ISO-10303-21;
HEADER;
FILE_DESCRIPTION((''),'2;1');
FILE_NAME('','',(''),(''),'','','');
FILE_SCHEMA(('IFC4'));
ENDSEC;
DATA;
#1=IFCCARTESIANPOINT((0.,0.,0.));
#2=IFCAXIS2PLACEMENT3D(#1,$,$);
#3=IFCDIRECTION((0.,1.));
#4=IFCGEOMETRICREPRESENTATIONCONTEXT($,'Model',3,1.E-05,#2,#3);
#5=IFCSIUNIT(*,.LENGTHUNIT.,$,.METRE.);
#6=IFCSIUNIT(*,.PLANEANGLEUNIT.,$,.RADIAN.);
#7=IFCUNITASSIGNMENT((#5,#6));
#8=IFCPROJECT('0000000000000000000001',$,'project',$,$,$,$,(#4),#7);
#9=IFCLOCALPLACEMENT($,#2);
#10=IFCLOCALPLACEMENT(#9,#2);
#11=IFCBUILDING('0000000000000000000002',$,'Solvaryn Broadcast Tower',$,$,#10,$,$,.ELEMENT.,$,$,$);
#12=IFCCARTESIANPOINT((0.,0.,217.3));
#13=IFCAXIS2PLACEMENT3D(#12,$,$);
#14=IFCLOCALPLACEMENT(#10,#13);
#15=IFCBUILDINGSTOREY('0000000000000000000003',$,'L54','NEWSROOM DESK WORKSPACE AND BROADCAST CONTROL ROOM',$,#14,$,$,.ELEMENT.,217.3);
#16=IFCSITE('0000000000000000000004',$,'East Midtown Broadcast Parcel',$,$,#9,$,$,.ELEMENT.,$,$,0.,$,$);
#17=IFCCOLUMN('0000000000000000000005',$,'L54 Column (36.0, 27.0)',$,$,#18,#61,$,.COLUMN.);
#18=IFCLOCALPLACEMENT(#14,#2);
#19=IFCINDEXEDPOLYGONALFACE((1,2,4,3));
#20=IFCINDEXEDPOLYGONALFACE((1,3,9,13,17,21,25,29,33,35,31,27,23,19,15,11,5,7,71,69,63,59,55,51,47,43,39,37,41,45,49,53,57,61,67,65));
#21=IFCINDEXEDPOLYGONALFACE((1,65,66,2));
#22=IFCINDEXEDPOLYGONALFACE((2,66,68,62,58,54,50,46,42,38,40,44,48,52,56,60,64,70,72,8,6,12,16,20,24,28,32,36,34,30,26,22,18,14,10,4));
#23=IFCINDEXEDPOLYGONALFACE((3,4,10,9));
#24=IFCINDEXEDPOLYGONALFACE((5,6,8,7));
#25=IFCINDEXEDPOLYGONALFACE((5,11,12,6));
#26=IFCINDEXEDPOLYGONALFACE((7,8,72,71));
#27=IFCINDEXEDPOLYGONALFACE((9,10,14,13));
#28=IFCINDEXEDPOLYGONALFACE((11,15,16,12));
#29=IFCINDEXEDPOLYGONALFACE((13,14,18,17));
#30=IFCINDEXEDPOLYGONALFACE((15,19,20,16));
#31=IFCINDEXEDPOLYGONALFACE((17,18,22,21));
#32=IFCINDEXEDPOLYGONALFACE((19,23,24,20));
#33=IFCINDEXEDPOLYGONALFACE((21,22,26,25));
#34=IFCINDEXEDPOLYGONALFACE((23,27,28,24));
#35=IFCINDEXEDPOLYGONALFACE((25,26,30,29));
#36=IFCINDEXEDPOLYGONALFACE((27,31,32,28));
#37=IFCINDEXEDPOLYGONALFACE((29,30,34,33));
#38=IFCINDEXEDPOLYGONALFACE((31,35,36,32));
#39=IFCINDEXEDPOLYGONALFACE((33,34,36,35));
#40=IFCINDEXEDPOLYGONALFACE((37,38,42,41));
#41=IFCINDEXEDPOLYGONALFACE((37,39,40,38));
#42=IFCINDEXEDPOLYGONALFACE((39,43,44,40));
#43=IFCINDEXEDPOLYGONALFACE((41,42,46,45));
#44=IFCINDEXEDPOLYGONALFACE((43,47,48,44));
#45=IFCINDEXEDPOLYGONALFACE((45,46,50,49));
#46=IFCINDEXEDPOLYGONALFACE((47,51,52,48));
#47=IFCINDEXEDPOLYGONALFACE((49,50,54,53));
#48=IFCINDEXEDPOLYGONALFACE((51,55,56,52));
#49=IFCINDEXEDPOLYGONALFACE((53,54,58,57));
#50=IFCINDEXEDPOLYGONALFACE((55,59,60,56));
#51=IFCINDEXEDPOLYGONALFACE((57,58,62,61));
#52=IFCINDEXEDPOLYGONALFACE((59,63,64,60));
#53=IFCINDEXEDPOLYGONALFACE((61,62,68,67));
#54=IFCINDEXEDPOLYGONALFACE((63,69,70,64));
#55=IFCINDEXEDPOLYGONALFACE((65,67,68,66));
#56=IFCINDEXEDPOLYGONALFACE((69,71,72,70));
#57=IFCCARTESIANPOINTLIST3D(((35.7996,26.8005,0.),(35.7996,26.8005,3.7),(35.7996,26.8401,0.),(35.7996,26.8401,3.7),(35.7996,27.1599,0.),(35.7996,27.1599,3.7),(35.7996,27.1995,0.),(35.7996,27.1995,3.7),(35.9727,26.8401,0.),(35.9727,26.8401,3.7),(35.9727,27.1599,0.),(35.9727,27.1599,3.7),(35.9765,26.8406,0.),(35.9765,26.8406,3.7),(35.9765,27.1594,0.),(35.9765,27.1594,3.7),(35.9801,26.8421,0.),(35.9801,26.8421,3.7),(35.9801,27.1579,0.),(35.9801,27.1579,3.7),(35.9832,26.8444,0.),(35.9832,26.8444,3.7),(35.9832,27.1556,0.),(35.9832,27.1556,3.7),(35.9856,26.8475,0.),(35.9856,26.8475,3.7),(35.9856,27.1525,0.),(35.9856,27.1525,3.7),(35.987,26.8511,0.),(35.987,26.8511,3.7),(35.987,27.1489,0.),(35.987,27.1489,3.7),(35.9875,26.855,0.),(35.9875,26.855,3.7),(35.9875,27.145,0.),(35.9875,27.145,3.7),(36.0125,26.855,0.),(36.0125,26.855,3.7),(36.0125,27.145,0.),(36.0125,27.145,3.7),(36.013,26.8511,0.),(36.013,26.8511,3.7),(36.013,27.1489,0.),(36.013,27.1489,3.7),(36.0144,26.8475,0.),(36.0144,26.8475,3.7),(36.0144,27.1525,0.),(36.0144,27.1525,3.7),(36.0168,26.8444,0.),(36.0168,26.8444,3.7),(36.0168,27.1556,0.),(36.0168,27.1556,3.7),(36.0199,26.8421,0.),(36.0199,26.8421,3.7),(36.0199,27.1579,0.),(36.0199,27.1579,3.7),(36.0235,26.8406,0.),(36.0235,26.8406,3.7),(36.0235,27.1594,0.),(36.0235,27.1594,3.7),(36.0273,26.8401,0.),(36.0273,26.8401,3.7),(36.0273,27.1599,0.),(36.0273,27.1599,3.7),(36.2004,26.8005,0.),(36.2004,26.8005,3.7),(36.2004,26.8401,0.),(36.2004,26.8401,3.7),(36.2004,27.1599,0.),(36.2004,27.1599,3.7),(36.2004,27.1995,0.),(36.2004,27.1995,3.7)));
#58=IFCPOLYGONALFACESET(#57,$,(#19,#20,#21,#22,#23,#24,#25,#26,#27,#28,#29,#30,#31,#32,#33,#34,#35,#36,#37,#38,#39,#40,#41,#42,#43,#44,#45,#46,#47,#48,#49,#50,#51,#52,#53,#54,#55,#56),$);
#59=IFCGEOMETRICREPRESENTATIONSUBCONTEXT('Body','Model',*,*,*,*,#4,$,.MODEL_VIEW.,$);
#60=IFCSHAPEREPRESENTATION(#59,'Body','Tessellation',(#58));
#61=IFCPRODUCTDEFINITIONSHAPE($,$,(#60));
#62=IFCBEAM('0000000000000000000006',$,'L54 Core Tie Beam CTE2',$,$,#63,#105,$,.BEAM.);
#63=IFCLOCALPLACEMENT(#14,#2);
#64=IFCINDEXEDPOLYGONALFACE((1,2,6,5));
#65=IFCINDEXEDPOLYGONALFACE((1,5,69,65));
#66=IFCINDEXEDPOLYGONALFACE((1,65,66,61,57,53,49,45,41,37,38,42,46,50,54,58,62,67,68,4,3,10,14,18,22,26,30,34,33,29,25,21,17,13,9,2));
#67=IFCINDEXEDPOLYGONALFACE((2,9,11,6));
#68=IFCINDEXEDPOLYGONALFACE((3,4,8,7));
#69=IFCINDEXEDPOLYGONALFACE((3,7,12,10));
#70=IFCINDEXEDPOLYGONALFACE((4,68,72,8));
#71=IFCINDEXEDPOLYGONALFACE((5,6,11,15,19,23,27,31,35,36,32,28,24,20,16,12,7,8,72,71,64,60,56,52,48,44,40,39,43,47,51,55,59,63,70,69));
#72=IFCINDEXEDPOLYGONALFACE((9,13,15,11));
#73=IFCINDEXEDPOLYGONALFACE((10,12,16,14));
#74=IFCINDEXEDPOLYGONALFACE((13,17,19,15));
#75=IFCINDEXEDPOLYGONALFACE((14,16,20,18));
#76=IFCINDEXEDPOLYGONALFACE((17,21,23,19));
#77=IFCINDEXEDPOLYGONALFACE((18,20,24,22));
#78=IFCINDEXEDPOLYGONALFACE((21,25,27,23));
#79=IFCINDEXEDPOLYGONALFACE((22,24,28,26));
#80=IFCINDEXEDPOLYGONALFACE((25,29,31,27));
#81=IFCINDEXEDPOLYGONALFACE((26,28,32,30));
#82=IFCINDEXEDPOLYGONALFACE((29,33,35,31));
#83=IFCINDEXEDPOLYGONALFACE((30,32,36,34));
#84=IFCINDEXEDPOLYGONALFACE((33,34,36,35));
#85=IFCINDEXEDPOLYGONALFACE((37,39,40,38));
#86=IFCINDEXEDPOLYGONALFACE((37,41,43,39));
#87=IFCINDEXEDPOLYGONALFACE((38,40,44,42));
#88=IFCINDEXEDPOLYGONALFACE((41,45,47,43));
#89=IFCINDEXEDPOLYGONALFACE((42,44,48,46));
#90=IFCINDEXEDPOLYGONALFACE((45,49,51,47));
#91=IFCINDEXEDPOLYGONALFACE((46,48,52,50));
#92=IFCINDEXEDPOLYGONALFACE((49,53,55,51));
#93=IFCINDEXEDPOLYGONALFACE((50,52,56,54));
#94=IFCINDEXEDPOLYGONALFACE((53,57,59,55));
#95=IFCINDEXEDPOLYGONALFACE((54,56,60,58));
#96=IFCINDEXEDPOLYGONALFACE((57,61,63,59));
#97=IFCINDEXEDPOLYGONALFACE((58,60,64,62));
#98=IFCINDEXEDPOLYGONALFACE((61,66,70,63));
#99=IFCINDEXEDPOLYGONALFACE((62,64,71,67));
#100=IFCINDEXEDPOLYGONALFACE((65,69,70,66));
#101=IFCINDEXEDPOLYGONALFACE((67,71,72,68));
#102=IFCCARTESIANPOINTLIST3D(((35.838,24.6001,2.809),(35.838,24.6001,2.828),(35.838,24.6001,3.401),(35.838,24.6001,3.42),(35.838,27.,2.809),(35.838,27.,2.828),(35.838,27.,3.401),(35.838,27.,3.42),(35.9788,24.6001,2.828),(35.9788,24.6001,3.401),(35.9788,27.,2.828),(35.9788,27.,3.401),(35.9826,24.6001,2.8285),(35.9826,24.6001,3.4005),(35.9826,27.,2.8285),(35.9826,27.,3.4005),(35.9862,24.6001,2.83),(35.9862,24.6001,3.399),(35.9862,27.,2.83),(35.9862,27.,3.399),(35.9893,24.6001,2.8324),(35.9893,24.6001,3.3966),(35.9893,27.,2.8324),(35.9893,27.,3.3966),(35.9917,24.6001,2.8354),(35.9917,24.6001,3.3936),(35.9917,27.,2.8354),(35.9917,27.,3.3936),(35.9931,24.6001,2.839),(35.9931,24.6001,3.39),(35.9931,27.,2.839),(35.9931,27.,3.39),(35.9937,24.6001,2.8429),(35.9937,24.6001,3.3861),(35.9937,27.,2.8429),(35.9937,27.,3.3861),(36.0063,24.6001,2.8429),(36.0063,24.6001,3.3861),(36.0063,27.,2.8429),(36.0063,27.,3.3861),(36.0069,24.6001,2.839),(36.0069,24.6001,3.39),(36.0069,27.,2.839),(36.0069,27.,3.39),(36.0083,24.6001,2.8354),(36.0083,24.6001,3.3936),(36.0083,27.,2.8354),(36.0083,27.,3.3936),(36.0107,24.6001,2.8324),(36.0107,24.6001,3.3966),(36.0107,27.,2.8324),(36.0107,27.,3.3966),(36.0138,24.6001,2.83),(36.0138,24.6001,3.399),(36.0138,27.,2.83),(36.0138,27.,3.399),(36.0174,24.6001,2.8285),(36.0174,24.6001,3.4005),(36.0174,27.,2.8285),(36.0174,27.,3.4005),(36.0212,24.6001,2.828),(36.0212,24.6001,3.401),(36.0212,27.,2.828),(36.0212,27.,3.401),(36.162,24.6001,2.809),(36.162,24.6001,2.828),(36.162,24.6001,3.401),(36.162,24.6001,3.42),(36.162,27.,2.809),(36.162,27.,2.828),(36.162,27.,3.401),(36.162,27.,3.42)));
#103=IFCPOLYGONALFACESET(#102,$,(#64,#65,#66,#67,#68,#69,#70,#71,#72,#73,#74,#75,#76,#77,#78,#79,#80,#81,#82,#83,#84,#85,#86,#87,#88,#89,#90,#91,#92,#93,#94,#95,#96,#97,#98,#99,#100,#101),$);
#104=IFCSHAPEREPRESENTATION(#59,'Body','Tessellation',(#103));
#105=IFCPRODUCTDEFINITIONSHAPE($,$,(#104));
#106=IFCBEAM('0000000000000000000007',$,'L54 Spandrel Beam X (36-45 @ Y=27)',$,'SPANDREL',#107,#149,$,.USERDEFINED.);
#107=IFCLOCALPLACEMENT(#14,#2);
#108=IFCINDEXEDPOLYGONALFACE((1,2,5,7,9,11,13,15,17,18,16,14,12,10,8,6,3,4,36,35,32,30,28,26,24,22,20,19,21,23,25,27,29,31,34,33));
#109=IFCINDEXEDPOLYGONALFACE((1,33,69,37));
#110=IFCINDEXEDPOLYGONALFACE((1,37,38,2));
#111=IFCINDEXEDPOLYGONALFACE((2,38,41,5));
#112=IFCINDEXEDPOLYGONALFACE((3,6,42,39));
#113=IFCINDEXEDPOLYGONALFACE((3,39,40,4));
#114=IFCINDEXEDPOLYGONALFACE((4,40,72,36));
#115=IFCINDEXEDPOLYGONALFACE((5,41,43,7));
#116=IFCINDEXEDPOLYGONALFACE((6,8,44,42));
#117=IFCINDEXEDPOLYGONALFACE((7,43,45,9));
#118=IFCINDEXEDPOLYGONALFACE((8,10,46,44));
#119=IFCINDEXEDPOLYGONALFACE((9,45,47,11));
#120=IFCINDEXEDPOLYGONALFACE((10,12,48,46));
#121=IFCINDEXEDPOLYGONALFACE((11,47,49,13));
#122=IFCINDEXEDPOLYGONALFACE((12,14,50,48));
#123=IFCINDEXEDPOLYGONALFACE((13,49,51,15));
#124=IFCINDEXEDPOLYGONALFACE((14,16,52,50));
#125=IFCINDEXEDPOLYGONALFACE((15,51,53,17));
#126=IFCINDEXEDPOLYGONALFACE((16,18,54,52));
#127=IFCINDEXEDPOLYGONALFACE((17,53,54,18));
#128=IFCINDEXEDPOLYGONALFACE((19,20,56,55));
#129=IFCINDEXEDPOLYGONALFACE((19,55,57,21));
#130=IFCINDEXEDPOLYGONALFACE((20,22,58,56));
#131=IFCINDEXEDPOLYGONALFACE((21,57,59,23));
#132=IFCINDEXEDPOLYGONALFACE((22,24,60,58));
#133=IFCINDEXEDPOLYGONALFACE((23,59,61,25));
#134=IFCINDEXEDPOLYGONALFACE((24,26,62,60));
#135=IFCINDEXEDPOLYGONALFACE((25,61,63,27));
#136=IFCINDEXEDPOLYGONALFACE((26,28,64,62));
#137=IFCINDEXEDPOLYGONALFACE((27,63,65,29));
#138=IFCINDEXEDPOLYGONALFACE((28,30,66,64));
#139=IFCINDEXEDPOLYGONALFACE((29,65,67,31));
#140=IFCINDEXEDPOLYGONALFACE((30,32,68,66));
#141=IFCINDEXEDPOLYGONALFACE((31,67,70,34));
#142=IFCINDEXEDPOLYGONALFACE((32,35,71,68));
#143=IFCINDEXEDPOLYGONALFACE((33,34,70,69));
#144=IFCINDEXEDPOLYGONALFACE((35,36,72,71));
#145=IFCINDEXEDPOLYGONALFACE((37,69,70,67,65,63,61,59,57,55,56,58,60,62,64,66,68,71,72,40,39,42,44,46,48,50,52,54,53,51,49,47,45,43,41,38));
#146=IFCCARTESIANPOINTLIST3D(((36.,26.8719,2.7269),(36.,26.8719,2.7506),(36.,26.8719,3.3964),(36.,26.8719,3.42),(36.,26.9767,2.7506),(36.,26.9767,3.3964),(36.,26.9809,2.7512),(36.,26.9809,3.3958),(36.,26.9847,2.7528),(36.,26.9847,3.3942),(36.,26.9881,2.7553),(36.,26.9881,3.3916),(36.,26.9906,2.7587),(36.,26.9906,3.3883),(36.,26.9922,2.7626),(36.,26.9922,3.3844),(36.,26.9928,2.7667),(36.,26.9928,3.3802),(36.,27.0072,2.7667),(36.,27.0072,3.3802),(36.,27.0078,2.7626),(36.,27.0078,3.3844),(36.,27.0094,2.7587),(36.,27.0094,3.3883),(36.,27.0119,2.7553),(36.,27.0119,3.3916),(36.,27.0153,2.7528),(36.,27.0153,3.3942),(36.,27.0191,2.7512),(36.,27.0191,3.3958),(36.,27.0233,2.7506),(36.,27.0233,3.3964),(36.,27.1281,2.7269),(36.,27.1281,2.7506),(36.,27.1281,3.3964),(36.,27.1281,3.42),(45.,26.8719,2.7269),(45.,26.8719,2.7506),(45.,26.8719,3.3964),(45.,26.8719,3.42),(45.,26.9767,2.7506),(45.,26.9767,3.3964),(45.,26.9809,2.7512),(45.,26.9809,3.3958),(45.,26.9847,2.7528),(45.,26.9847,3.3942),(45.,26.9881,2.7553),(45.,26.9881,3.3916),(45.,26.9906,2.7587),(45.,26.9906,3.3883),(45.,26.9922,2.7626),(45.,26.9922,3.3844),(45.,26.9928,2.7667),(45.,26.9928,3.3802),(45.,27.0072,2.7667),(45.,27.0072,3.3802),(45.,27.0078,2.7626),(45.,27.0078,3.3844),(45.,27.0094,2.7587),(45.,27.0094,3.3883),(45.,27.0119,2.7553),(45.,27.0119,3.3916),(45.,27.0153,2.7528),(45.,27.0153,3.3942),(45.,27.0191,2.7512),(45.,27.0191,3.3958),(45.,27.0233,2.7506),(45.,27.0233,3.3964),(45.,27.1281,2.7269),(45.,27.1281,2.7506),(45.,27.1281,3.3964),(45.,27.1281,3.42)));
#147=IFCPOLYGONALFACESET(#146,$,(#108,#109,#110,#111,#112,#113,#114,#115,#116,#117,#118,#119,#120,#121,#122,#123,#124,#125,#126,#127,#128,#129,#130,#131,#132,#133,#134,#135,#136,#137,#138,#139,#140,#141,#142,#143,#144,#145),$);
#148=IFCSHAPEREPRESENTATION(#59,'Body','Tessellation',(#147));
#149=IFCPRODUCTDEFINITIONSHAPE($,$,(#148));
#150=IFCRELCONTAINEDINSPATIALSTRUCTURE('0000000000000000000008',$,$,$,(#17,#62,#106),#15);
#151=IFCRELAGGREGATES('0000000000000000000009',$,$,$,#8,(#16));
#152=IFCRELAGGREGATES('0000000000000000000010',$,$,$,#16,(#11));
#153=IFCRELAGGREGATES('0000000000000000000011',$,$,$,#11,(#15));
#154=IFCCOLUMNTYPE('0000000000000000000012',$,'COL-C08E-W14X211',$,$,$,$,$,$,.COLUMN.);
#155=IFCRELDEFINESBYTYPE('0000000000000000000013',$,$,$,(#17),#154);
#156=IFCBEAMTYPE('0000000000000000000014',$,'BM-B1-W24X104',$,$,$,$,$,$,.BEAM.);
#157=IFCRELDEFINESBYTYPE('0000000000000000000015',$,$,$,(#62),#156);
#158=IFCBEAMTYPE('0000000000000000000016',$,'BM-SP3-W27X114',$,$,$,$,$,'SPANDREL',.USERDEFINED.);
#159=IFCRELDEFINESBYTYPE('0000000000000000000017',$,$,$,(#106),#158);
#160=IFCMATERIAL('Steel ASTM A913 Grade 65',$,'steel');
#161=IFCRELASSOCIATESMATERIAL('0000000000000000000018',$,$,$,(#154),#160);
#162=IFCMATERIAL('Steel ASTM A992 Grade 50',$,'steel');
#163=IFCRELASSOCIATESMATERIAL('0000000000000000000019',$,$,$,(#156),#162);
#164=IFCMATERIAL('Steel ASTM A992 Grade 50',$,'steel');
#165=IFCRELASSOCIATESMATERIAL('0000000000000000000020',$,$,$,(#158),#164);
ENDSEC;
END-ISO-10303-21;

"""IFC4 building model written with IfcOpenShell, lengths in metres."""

from ifc_helpers import new_model, si_unit, direction, frame, origin, origin_2d, place, context, subcontext, project, spatial, i_section, extrude, material, material_profile, profile_set, type_object, element, save


model = new_model("IFC4")

# Units and contexts
model_context = context("Model", 3, precision=1e-05, world=origin(), true_north=direction((0.0, 1.0)))
body_context = subcontext(model_context, "Body", "Model", "MODEL_VIEW")
ifc_project = project(units=[si_unit("LENGTHUNIT", "METRE"), si_unit("PLANEANGLEUNIT", "RADIAN")], contexts=[model_context])

# Site, building, storey
site_placement = place(None, origin())
site = spatial("IfcSite", under=ifc_project, at=site_placement, Name="East Midtown Broadcast Parcel", CompositionType="ELEMENT", RefElevation=0.0)
building_placement = place(site_placement, origin())
building = spatial("IfcBuilding", under=site, at=building_placement, Name="Solvaryn Broadcast Tower", CompositionType="ELEMENT")
storey_placement = place(building_placement, frame((0.0, 0.0, 217.3)))
storey = spatial("IfcBuildingStorey", under=building, at=storey_placement, Name="L54", Description="NEWSROOM DESK WORKSPACE AND BROADCAST CONTROL ROOM", CompositionType="ELEMENT", Elevation=217.3)

# Column
ifc_material_1 = material(Name="Steel ASTM A913 Grade 65", Category="steel")
ifc_material_profile_1 = material_profile(ifc_material_1, i_section(OverallWidth=0.4009, OverallDepth=0.3989, WebThickness=0.0249, FlangeThickness=0.0396, FilletRadius=0.0149, at=origin_2d()))
ifc_profile_set_1 = profile_set([ifc_material_profile_1], Name="Steel ASTM A913 Grade 65")
column_type = type_object("IfcColumnType", Name="COL-C08E-W14X211", PredefinedType="COLUMN", material=ifc_profile_set_1)
column_placement = place(storey_placement, frame((36.0, 27.0, 0.0), z_axis=(0.0, 0.0, 1.0), x_axis=(1.0, 0.0, 0.0)))
element("IfcColumn", 1, at=column_placement, inside=storey, type_object=column_type, Name="L54 Column (36.0, 27.0)", PredefinedType="COLUMN", context=body_context, shape_type="SweptSolid", body=[
    extrude(i_section(OverallWidth=0.4009, OverallDepth=0.3989, WebThickness=0.0249, FlangeThickness=0.0396, FilletRadius=0.0149, at=origin_2d()), origin(), (0.0, 0.0, 1.0), 3.7),
])

# Beams
ifc_material_2 = material(Name="Steel ASTM A992 Grade 50", Category="steel")
ifc_material_profile_2 = material_profile(ifc_material_2, i_section(OverallWidth=0.324, OverallDepth=0.6111, WebThickness=0.0127, FlangeThickness=0.019, FilletRadius=0.0149, at=origin_2d()))
ifc_profile_set_2 = profile_set([ifc_material_profile_2], Name="Steel ASTM A992 Grade 50")
beam_type_1 = type_object("IfcBeamType", Name="BM-B1-W24X104", PredefinedType="BEAM", material=ifc_profile_set_2)
beam_1_placement = place(storey_placement, frame((36.0, 24.6001, 3.1145), z_axis=(0.0, 1.0, 0.0), x_axis=(-1.0, 0.0, 0.0)))
element("IfcBeam", 2, at=beam_1_placement, inside=storey, type_object=beam_type_1, Name="L54 Core Tie Beam CTE2", PredefinedType="BEAM", context=body_context, shape_type="SweptSolid", body=[
    extrude(i_section(OverallWidth=0.324, OverallDepth=0.6111, WebThickness=0.0127, FlangeThickness=0.019, FilletRadius=0.0149, at=origin_2d()), origin(), (0.0, 0.0, 1.0), 2.3999),
])
ifc_material_3 = material(Name="Steel ASTM A992 Grade 50", Category="steel")
ifc_material_profile_3 = material_profile(ifc_material_3, i_section(OverallWidth=0.2561, OverallDepth=0.6931, WebThickness=0.0144, FlangeThickness=0.0237, FilletRadius=0.0161, at=origin_2d()))
ifc_profile_set_3 = profile_set([ifc_material_profile_3], Name="Steel ASTM A992 Grade 50")
beam_type_2 = type_object("IfcBeamType", Name="BM-SP3-W27X114", ElementType="SPANDREL", PredefinedType="USERDEFINED", material=ifc_profile_set_3)
beam_2_placement = place(storey_placement, frame((36.0, 27.0, 3.0735), z_axis=(1.0, 0.0, 0.0), x_axis=(0.0, 1.0, 0.0)))
element("IfcBeam", 3, at=beam_2_placement, inside=storey, type_object=beam_type_2, Name="L54 Spandrel Beam X (36-45 @ Y=27)", ObjectType="SPANDREL", PredefinedType="USERDEFINED", context=body_context, shape_type="SweptSolid", body=[
    extrude(i_section(OverallWidth=0.2561, OverallDepth=0.6931, WebThickness=0.0144, FlangeThickness=0.0237, FilletRadius=0.0161, at=origin_2d()), origin(), (0.0, 0.0, 1.0), 9.0),
])

save(model, "model.ifc")
